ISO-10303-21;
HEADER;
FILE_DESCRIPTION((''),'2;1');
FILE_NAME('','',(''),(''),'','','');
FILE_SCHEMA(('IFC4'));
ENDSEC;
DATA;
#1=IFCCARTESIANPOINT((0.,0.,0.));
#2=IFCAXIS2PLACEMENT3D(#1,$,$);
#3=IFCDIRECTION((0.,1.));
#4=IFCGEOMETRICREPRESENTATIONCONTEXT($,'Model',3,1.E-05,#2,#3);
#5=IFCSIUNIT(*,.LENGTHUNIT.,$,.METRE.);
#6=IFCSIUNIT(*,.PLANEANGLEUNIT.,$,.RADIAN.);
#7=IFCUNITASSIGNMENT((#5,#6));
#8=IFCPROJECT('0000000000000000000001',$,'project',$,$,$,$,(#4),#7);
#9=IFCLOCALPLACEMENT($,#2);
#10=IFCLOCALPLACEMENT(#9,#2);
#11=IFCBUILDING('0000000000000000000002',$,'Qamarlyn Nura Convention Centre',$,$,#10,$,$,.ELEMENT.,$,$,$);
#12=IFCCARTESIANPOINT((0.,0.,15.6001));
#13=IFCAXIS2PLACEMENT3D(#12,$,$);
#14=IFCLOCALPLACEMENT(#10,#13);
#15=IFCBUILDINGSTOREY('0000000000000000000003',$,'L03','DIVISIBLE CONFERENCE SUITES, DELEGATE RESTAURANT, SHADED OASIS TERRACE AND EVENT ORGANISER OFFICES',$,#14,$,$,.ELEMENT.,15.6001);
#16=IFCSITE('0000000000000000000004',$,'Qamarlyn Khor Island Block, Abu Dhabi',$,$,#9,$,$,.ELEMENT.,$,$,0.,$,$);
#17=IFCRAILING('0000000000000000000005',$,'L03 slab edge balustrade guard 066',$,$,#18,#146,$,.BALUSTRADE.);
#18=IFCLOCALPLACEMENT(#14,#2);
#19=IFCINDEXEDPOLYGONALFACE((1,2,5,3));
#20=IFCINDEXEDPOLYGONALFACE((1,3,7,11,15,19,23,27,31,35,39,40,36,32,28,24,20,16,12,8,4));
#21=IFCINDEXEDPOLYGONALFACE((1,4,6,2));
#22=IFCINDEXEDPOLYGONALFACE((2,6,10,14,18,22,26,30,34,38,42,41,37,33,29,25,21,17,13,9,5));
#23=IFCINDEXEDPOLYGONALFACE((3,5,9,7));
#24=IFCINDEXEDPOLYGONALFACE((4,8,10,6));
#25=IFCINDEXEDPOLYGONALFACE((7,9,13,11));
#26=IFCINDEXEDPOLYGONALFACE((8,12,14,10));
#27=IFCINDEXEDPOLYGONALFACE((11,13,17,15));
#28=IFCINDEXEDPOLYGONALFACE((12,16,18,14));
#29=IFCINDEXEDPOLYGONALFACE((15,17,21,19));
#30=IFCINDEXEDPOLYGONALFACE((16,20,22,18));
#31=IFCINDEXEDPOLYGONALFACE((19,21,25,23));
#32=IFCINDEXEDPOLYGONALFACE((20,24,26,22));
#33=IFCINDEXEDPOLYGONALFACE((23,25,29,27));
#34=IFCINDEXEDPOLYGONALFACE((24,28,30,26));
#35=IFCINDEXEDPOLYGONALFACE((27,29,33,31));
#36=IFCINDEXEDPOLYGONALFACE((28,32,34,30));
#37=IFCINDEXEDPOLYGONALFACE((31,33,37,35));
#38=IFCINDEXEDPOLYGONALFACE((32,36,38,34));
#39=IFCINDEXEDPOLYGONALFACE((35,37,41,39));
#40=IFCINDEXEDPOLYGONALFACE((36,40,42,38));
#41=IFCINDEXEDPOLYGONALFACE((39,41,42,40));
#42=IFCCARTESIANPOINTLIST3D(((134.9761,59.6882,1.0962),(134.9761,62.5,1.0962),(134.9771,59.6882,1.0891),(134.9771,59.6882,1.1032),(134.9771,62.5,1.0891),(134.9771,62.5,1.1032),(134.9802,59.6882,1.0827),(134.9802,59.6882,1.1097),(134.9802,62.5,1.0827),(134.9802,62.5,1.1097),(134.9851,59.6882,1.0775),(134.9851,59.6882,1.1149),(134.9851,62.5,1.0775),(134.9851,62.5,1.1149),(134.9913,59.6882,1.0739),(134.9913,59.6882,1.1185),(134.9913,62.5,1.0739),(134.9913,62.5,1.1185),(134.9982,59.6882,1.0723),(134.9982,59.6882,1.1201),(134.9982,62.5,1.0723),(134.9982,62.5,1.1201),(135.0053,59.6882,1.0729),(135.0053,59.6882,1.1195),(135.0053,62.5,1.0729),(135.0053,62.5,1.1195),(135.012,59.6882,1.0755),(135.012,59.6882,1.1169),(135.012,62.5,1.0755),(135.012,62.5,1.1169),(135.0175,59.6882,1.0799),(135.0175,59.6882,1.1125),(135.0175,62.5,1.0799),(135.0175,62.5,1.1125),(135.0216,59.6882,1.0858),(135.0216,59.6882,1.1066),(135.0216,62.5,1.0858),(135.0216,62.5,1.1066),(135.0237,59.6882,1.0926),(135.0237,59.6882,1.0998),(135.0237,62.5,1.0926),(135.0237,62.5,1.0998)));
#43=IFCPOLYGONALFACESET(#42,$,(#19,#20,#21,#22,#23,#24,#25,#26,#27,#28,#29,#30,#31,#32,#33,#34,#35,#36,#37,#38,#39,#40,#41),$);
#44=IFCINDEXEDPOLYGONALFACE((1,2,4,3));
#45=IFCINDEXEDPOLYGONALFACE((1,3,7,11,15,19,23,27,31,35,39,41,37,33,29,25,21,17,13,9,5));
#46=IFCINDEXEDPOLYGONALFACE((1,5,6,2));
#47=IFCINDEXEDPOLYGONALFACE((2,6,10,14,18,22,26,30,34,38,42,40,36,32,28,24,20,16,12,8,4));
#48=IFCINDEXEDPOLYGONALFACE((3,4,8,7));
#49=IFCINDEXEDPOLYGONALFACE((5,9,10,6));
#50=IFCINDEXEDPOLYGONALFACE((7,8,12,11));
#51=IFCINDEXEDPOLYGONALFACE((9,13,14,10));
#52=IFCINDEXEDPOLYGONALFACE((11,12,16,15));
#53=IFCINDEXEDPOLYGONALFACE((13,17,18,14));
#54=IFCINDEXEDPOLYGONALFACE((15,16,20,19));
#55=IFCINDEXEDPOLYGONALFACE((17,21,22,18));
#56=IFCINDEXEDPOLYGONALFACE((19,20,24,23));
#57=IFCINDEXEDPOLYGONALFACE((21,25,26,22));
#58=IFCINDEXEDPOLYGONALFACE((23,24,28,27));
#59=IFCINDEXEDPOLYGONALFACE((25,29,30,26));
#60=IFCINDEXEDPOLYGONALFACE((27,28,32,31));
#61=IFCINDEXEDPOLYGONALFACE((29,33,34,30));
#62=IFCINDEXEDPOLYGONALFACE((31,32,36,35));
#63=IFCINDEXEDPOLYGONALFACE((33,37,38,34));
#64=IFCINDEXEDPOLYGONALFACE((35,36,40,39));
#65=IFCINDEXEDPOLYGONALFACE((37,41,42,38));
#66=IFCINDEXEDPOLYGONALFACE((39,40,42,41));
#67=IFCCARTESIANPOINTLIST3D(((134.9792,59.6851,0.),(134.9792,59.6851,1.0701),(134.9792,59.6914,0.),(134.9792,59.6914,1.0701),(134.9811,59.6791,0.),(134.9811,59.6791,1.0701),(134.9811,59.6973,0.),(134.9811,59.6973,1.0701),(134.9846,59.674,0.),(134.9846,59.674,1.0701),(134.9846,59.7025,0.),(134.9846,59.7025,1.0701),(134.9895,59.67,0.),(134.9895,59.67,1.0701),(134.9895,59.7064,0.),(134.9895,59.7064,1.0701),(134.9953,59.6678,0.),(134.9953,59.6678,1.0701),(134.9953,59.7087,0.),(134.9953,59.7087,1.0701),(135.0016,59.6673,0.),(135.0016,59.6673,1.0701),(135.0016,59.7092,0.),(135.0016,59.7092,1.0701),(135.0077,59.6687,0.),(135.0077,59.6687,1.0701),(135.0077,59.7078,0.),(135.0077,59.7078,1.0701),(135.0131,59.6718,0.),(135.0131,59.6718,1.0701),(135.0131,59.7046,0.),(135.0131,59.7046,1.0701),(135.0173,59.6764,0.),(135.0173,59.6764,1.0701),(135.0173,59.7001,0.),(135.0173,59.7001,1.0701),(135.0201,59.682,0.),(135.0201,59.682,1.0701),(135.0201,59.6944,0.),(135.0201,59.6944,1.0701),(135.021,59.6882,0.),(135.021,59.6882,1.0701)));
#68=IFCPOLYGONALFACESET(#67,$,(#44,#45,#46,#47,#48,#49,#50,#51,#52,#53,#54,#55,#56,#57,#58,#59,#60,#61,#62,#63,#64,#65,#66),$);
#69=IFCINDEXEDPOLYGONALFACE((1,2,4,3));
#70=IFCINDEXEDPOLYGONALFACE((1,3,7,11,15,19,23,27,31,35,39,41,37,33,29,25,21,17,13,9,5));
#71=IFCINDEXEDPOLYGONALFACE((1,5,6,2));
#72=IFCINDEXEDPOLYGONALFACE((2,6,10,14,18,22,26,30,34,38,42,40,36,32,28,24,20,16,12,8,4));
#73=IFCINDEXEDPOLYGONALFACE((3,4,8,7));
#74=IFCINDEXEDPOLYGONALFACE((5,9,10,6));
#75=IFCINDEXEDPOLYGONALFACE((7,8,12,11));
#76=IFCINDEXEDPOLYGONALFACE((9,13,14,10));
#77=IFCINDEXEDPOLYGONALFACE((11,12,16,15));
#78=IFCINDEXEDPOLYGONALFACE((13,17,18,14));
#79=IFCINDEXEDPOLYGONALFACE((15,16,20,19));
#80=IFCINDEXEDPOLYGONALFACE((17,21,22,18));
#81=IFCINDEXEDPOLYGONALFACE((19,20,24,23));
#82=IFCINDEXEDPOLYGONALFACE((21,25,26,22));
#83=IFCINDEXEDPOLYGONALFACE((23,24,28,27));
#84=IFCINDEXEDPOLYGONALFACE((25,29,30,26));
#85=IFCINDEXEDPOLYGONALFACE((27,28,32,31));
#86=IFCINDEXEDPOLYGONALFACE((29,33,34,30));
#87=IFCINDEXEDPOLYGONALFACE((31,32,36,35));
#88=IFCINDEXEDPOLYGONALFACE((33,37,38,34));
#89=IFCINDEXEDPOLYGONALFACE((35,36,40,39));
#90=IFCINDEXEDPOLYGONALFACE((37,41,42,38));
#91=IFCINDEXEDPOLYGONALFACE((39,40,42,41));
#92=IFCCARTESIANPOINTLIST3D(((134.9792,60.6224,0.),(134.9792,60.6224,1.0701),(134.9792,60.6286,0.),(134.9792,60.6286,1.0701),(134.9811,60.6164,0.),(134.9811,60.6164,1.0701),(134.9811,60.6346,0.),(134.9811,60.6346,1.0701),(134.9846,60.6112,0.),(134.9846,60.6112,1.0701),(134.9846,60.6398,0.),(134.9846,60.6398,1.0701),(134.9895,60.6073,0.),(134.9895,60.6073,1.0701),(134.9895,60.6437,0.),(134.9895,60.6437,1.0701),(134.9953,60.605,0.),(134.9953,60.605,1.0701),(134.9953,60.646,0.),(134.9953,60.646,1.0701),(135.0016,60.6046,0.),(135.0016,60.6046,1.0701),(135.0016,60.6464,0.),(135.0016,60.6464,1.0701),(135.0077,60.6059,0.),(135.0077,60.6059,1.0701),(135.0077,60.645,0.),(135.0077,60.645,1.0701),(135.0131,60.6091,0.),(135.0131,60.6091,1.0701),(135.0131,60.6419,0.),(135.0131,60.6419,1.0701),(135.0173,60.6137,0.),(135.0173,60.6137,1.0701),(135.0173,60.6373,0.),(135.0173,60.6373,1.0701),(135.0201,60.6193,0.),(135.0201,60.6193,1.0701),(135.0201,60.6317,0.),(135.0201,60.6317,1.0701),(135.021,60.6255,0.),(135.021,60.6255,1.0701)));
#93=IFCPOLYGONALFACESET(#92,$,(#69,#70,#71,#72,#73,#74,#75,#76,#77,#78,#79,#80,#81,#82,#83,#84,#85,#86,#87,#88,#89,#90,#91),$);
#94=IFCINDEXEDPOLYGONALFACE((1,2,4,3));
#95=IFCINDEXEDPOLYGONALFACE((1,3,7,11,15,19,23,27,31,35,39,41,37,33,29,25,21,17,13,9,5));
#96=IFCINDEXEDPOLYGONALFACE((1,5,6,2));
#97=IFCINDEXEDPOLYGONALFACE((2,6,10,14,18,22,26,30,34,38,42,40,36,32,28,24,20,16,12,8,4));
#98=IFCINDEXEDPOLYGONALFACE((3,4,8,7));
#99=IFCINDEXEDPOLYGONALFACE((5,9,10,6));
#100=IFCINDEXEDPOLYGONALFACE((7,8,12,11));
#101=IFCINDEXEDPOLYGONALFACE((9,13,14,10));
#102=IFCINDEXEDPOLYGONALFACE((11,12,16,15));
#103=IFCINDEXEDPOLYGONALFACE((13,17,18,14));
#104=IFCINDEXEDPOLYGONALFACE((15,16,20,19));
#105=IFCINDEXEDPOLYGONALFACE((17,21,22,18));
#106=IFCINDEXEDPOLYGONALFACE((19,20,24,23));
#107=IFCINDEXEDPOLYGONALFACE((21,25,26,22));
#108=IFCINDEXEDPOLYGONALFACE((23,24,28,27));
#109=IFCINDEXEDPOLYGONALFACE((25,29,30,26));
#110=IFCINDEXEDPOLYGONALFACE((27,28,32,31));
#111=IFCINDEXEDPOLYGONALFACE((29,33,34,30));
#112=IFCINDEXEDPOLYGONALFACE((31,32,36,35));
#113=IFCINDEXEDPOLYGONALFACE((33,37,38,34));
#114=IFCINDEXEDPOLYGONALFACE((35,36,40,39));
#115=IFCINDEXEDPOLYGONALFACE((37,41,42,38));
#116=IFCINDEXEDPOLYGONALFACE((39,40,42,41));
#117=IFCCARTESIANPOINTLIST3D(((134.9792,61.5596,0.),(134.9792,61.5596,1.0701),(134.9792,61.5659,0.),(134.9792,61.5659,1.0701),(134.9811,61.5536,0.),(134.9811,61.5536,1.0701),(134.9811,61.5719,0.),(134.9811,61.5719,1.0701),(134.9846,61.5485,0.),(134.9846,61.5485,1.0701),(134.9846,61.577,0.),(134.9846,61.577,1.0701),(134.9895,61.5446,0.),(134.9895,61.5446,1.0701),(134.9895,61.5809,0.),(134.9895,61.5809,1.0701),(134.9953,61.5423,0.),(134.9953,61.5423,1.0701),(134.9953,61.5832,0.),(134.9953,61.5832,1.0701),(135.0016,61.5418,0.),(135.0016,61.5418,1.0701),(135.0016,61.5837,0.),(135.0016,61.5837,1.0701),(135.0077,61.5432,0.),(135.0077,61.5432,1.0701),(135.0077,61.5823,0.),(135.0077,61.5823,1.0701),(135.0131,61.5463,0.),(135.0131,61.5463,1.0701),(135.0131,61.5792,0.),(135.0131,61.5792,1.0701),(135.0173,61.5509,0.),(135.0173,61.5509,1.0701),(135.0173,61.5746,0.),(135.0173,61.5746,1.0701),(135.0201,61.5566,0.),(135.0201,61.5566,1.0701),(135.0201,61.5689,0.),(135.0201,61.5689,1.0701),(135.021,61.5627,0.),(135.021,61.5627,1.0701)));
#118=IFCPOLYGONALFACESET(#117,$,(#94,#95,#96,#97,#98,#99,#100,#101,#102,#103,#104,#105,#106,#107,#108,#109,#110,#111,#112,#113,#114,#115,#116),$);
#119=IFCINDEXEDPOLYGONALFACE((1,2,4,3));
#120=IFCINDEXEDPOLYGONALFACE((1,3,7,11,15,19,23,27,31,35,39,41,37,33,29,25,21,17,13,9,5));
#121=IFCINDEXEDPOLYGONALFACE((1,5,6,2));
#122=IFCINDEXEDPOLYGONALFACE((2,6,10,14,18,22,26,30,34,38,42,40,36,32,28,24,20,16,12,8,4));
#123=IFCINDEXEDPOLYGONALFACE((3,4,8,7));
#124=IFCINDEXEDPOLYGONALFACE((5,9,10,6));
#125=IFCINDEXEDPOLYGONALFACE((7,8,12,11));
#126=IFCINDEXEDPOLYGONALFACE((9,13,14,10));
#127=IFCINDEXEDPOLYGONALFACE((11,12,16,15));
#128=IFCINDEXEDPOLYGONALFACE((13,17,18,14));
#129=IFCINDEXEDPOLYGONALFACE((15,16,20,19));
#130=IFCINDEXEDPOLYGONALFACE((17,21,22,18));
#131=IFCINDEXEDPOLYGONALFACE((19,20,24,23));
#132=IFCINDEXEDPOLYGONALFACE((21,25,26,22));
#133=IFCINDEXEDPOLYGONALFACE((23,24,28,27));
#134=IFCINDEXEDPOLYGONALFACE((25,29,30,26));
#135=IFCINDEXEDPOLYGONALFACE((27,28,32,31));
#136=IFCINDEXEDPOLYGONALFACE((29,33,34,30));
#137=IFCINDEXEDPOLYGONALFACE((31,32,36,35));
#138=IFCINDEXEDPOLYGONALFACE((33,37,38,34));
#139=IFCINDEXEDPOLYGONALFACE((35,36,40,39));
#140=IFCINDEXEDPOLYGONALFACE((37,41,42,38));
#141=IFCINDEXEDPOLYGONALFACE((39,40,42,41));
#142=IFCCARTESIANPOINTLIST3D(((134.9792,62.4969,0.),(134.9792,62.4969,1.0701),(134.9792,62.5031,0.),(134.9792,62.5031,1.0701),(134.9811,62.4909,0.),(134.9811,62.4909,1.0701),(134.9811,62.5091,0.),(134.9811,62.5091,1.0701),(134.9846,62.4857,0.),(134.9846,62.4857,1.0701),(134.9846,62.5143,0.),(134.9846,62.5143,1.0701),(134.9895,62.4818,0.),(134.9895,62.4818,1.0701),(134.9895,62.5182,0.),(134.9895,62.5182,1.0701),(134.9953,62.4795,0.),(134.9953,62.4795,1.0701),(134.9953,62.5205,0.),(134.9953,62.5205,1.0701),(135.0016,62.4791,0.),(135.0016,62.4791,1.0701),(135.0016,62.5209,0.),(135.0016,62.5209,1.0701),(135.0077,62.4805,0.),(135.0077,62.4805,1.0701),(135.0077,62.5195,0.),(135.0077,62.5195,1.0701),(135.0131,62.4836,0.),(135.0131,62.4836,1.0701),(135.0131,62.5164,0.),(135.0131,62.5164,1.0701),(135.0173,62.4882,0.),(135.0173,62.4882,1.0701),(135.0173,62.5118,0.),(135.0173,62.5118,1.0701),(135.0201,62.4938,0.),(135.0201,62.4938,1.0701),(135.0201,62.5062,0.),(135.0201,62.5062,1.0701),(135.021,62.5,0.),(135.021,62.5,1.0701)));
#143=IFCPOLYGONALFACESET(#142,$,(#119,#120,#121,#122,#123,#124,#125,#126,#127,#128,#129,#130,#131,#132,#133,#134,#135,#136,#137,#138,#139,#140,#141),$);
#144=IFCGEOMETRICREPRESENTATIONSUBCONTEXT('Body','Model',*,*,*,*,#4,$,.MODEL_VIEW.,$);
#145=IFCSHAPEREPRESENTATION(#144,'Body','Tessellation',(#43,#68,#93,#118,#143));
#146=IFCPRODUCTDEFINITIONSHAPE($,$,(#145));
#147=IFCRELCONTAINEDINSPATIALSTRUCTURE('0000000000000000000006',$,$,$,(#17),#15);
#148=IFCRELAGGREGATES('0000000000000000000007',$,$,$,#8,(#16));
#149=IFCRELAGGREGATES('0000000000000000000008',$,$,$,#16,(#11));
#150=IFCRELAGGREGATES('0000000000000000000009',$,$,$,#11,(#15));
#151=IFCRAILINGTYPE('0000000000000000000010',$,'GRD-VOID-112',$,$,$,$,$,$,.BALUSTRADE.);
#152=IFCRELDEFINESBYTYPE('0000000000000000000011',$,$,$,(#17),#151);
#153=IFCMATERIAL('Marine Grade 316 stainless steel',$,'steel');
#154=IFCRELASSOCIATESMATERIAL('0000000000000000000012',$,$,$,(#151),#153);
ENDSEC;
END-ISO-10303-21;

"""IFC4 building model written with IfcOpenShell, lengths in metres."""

from ifc_helpers import new_model, si_unit, direction, frame, origin, origin_2d, place, context, subcontext, project, spatial, circle, extrude, material, type_object, element, save


model = new_model("IFC4")

# Units and contexts
model_context = context("Model", 3, precision=1e-05, world=origin(), true_north=direction((0.0, 1.0)))
body_context = subcontext(model_context, "Body", "Model", "MODEL_VIEW")
ifc_project = project(units=[si_unit("LENGTHUNIT", "METRE"), si_unit("PLANEANGLEUNIT", "RADIAN")], contexts=[model_context])

# Site, building, storey
site_placement = place(None, origin())
site = spatial("IfcSite", under=ifc_project, at=site_placement, Name="Qamarlyn Khor Island Block, Abu Dhabi", CompositionType="ELEMENT", RefElevation=0.0)
building_placement = place(site_placement, origin())
building = spatial("IfcBuilding", under=site, at=building_placement, Name="Qamarlyn Nura Convention Centre", CompositionType="ELEMENT")
storey_placement = place(building_placement, frame((0.0, 0.0, 15.6001)))
storey = spatial("IfcBuildingStorey", under=building, at=storey_placement, Name="L03", Description="DIVISIBLE CONFERENCE SUITES, DELEGATE RESTAURANT, SHADED OASIS TERRACE AND EVENT ORGANISER OFFICES", CompositionType="ELEMENT", Elevation=15.6001)

# Railing
ifc_material_1 = material(Name="Marine Grade 316 stainless steel", Category="steel")
railing_type_1 = type_object("IfcRailingType", Name="GRD-VOID-112", PredefinedType="BALUSTRADE", material=ifc_material_1)
railing_1_placement = place(storey_placement, frame((135.0, 59.6882, 0.0)))
element("IfcRailing", 1, at=railing_1_placement, inside=storey, type_object=railing_type_1, Name="L03 slab edge balustrade guard 066", PredefinedType="BALUSTRADE", context=body_context, shape_type="SweptSolid", body=[
    extrude(circle(Radius=0.0239, at=origin_2d()), frame((0.0, 0.0, 1.0962), z_axis=(0.0, 1.0, 0.0), x_axis=(-1.0, 0.0, 0.0)), (0.0, 0.0, 1.0), 2.8118),
    extrude(circle(Radius=0.021, at=origin_2d()), origin(), (0.0, 0.0, 1.0), 1.0701),
    extrude(circle(Radius=0.021, at=origin_2d()), frame((0.0, 0.9373, 0.0)), (0.0, 0.0, 1.0), 1.0701),
    extrude(circle(Radius=0.021, at=origin_2d()), frame((0.0, 1.8745, 0.0)), (0.0, 0.0, 1.0), 1.0701),
    extrude(circle(Radius=0.021, at=origin_2d()), frame((0.0, 2.8118, 0.0)), (0.0, 0.0, 1.0), 1.0701),
])

save(model, "model.ifc")
